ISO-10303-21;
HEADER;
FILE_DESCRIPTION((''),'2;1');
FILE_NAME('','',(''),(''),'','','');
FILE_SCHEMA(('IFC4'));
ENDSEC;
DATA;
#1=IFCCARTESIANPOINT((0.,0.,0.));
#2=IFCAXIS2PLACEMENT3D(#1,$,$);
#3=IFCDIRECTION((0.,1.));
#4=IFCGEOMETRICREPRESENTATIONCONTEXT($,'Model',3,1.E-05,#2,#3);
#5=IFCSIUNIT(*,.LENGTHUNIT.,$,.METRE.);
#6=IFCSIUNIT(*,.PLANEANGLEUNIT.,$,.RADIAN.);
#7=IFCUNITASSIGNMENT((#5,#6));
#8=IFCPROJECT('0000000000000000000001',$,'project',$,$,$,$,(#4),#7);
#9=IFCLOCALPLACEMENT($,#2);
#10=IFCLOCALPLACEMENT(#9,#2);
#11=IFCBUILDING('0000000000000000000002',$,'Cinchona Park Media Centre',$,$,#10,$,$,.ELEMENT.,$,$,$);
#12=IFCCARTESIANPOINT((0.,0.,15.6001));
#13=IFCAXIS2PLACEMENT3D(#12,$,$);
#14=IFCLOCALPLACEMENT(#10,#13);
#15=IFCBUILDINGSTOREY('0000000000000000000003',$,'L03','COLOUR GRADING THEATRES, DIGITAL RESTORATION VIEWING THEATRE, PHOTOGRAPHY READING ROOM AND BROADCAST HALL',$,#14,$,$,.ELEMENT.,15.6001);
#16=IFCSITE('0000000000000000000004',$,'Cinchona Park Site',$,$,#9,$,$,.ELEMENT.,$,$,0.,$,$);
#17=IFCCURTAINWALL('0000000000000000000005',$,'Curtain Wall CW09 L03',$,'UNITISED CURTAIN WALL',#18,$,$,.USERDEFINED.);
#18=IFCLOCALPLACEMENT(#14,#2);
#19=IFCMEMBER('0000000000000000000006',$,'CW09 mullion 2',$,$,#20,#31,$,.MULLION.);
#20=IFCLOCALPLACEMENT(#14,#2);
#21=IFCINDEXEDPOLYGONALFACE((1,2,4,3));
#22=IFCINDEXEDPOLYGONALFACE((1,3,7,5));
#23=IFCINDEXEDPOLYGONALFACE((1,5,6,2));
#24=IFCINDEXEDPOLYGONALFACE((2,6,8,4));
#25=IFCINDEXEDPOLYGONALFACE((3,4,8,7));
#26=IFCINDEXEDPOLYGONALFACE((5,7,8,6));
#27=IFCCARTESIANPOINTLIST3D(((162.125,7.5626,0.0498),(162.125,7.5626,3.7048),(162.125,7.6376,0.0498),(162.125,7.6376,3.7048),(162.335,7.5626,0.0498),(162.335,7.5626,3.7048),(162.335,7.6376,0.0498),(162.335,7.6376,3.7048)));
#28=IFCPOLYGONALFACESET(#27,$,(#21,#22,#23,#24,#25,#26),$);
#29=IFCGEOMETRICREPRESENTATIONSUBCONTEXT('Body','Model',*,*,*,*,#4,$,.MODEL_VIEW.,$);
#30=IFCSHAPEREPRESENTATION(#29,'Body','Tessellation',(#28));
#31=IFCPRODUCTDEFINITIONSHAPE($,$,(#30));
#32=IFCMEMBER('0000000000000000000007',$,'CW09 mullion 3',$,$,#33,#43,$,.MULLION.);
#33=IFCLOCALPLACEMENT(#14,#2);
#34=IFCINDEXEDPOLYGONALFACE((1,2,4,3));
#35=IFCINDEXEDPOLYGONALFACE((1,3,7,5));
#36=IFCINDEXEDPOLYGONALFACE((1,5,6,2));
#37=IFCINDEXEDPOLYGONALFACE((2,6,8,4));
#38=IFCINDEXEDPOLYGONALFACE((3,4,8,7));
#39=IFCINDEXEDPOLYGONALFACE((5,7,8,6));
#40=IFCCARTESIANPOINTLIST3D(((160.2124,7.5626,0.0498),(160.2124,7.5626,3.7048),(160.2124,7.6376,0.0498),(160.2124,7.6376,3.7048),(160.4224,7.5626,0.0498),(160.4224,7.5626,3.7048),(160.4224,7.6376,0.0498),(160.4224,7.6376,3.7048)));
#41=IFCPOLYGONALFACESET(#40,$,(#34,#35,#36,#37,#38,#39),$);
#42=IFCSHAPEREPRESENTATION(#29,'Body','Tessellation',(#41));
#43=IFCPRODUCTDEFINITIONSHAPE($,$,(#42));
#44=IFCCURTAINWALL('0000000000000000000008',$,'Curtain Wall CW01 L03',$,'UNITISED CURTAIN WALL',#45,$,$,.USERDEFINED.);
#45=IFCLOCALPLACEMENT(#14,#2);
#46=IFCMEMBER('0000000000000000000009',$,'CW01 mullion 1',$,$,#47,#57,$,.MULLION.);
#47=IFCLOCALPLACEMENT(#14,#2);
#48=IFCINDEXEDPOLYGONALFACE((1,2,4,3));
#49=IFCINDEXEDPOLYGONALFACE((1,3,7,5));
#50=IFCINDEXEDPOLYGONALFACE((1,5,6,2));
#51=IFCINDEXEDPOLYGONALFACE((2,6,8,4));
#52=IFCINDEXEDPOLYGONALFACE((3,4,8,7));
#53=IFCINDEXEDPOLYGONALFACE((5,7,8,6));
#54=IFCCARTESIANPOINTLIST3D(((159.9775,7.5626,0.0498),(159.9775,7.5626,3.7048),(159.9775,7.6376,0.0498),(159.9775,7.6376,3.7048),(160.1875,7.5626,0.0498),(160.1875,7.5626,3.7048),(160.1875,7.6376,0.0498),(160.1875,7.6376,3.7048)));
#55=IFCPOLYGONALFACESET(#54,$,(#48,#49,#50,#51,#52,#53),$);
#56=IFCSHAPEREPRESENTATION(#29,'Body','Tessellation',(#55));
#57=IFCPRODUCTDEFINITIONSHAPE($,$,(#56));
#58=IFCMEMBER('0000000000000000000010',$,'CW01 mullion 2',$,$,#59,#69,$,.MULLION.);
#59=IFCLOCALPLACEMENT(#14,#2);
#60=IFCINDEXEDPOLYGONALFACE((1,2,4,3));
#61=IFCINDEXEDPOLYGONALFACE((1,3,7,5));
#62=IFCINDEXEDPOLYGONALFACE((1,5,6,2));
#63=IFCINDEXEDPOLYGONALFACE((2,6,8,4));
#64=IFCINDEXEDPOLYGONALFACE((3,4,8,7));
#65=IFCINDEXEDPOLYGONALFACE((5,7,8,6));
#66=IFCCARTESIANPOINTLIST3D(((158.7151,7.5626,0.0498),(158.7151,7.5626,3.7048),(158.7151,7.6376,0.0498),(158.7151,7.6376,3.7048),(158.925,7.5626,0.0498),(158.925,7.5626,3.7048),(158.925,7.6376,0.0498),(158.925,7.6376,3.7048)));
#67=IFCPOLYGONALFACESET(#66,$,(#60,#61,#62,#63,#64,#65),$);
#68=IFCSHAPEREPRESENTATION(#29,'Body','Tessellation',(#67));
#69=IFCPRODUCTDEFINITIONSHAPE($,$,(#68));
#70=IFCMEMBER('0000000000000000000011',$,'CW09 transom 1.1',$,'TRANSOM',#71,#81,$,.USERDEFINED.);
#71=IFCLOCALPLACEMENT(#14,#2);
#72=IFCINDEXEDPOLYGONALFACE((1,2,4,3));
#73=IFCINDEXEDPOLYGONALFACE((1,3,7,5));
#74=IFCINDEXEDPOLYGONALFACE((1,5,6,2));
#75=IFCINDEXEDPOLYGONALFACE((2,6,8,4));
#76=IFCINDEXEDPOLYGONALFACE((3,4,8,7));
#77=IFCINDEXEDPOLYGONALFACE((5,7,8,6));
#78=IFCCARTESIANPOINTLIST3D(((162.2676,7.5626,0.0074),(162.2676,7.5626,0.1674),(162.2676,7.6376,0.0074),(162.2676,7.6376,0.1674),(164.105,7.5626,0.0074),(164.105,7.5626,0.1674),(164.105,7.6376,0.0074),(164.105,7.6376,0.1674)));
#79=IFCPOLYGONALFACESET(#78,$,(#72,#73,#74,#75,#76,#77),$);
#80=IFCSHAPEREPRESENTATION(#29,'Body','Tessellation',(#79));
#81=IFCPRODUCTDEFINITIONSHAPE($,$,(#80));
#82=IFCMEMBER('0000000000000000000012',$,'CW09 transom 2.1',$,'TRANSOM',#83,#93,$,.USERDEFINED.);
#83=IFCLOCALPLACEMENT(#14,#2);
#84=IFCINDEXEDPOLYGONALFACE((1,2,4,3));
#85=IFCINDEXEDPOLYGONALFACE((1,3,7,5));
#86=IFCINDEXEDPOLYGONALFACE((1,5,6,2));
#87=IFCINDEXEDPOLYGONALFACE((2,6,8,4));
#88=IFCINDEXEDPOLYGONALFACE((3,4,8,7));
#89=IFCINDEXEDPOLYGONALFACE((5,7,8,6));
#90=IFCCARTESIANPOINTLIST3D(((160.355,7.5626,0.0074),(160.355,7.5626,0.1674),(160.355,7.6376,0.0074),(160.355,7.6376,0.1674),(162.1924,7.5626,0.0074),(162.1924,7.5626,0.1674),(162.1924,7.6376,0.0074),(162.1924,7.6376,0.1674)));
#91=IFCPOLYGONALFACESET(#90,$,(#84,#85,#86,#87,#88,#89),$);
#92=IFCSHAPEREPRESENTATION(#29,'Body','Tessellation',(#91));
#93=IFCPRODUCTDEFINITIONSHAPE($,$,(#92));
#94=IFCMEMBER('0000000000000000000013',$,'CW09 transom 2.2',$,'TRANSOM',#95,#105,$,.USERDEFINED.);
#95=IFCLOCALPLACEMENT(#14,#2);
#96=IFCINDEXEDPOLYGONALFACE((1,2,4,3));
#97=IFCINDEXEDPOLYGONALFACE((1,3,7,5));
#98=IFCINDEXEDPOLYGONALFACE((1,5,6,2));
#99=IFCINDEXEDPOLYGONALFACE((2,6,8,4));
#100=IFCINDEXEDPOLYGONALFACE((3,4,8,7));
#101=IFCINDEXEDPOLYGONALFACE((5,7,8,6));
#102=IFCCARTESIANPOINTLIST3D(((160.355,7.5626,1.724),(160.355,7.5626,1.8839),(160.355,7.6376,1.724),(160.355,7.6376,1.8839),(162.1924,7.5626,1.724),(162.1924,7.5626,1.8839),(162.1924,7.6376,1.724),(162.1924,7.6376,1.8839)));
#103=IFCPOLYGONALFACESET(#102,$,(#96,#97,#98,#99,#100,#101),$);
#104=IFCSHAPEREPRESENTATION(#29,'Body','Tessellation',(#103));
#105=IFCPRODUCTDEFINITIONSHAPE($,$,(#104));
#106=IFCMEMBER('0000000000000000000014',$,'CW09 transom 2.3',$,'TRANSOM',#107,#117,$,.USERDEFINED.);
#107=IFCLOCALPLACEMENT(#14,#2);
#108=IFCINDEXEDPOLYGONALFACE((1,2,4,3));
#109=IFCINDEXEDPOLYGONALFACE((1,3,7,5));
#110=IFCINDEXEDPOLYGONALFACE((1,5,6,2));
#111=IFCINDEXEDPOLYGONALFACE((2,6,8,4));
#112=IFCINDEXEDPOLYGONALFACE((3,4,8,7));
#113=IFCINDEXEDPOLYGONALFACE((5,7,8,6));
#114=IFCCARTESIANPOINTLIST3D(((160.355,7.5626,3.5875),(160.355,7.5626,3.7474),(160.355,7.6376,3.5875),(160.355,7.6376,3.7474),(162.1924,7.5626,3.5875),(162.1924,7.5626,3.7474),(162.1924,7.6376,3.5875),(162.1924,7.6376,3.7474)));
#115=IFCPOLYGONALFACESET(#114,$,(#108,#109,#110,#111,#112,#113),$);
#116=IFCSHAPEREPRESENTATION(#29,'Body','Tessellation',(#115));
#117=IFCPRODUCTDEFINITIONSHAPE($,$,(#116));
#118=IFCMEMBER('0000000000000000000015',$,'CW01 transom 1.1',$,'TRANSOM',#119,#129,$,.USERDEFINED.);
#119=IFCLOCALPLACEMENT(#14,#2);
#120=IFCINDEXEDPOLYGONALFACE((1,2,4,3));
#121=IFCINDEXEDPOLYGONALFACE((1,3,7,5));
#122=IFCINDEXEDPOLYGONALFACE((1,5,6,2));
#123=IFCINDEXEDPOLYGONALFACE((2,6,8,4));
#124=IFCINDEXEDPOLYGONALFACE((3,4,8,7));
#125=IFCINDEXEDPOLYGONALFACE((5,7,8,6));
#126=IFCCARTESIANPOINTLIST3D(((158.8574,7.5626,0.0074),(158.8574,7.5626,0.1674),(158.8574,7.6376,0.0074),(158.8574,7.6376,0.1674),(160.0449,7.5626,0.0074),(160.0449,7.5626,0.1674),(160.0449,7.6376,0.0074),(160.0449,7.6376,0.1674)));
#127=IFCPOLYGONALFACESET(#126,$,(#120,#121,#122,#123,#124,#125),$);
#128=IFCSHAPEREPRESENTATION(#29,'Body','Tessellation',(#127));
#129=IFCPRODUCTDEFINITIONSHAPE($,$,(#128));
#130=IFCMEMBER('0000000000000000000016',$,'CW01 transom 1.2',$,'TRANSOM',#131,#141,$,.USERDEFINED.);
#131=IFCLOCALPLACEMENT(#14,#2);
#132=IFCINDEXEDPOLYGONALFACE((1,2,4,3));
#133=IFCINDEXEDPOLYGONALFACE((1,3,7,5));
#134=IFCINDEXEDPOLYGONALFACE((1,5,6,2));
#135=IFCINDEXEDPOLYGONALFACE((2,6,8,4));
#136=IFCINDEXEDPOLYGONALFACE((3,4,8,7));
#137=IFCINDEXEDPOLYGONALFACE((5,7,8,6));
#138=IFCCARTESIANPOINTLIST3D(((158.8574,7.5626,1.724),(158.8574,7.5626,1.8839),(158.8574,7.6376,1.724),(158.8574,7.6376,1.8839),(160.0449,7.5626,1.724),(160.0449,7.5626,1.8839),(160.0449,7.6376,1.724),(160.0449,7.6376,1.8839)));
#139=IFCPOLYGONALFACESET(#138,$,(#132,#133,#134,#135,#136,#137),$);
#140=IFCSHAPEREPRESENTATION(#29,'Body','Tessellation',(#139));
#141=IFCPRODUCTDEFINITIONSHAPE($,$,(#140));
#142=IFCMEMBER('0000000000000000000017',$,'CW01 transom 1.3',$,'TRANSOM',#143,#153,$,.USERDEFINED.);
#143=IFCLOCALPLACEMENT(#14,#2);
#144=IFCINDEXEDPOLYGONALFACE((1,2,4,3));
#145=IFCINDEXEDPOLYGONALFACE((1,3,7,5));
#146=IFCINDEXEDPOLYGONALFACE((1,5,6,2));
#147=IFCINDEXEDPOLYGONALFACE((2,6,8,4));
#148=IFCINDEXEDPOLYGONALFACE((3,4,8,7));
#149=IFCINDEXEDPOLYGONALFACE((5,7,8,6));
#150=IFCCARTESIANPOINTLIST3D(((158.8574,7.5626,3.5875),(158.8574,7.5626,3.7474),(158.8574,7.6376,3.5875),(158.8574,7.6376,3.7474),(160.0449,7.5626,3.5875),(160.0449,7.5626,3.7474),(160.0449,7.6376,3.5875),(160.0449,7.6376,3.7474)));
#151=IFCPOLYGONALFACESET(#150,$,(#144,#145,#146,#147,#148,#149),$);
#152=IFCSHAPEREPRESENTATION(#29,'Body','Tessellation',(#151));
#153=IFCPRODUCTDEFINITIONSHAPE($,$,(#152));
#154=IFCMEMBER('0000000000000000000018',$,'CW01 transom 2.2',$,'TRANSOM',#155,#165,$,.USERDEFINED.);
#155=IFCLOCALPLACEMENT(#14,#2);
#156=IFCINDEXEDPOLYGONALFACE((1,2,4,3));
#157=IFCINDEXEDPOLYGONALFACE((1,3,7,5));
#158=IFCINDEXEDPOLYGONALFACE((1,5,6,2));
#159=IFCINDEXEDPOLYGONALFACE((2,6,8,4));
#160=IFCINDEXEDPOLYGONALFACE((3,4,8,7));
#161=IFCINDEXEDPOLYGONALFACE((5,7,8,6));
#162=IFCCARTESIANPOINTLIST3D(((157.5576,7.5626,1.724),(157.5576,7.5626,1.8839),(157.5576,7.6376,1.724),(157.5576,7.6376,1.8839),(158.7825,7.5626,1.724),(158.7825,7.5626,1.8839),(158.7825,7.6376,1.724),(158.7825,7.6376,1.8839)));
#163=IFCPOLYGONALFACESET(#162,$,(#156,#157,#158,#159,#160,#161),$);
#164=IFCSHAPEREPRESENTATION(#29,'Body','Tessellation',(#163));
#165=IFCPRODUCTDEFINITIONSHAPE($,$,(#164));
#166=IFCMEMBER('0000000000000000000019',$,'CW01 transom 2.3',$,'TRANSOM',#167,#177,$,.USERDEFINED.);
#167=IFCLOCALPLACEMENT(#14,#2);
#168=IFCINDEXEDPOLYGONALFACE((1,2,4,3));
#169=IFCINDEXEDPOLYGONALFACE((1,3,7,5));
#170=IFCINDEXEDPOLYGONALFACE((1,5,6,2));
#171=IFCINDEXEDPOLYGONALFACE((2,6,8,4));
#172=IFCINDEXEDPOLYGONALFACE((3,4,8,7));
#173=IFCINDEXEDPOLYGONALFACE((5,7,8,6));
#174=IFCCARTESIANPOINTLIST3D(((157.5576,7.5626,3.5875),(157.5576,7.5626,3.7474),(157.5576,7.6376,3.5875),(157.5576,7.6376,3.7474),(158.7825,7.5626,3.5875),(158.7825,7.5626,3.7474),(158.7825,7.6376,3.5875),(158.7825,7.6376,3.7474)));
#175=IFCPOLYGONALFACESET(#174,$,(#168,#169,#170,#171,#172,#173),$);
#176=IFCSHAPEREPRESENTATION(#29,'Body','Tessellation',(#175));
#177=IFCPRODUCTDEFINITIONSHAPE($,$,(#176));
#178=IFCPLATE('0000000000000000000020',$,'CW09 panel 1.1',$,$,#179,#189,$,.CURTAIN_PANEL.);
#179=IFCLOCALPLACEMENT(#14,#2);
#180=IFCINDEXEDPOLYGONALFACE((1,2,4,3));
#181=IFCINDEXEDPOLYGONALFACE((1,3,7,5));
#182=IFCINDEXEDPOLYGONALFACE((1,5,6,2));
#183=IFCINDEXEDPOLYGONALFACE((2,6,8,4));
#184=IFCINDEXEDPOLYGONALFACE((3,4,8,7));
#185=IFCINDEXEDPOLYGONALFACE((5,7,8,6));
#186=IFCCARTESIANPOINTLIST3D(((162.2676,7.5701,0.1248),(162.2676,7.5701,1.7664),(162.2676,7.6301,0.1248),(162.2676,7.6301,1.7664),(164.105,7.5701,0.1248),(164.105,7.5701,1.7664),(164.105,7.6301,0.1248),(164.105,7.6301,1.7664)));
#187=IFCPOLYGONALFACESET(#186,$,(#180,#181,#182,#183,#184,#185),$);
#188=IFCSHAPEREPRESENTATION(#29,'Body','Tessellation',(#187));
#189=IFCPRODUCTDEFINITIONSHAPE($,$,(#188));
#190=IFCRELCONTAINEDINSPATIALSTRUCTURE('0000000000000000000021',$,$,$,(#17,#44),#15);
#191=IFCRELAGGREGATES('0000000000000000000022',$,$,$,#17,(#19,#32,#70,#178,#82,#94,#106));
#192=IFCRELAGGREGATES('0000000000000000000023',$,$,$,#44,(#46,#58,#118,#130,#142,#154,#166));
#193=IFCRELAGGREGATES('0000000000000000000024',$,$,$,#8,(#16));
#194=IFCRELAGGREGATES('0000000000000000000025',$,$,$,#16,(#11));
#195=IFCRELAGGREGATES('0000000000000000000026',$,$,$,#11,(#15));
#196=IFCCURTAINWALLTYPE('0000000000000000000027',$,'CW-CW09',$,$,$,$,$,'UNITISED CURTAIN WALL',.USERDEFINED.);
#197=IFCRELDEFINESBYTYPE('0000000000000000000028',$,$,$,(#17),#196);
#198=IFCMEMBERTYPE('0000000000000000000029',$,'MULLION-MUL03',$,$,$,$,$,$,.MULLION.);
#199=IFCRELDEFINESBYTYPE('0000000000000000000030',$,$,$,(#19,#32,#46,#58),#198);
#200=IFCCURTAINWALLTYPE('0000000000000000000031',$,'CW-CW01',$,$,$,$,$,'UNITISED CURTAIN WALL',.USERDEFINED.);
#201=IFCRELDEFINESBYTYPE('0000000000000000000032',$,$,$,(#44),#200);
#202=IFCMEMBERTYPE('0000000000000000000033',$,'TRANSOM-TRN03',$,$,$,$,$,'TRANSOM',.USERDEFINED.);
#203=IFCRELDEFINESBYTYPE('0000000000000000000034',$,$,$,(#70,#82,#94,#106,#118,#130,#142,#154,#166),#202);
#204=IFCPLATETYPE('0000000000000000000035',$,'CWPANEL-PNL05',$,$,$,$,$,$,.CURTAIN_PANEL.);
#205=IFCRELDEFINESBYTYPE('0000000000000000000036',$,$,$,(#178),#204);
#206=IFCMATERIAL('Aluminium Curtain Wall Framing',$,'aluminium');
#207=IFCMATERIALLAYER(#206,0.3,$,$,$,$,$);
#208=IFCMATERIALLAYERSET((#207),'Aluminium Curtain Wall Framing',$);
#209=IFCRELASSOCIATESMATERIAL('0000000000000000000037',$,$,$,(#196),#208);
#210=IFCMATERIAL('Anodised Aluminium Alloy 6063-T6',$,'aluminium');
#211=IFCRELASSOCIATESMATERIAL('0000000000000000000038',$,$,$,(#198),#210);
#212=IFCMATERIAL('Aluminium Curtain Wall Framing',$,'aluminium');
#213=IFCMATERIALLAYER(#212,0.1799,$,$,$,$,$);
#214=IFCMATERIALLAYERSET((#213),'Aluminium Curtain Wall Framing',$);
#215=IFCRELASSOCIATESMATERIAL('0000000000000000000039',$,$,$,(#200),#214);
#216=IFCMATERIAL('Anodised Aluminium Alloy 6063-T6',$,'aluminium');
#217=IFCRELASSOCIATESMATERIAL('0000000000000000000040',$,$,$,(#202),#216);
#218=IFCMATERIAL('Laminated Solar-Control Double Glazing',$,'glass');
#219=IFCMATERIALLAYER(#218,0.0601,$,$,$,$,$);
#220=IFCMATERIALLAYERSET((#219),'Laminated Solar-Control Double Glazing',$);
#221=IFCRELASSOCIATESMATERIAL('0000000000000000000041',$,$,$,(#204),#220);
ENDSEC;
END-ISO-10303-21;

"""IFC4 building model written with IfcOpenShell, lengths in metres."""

from ifc_helpers import new_model, si_unit, direction, frame, origin, origin_2d, place, context, subcontext, project, spatial, rectangle, extrude, material, layer, layer_set, material_profile, profile_set, type_object, element, aggregate, save


model = new_model("IFC4")

# Units and contexts
model_context = context("Model", 3, precision=1e-05, world=origin(), true_north=direction((0.0, 1.0)))
body_context = subcontext(model_context, "Body", "Model", "MODEL_VIEW")
ifc_project = project(units=[si_unit("LENGTHUNIT", "METRE"), si_unit("PLANEANGLEUNIT", "RADIAN")], contexts=[model_context])

# Site, building, storey
site_placement = place(None, origin())
site = spatial("IfcSite", under=ifc_project, at=site_placement, Name="Cinchona Park Site", CompositionType="ELEMENT", RefElevation=0.0)
building_placement = place(site_placement, origin())
building = spatial("IfcBuilding", under=site, at=building_placement, Name="Cinchona Park Media Centre", CompositionType="ELEMENT")
storey_placement = place(building_placement, frame((0.0, 0.0, 15.6001)))
storey = spatial("IfcBuildingStorey", under=building, at=storey_placement, Name="L03", Description="COLOUR GRADING THEATRES, DIGITAL RESTORATION VIEWING THEATRE, PHOTOGRAPHY READING ROOM AND BROADCAST HALL", CompositionType="ELEMENT", Elevation=15.6001)

# Curtain walls, members
ifc_material_1 = material(Name="Aluminium Curtain Wall Framing", Category="aluminium")
ifc_layer_1 = layer(ifc_material_1, 0.3)
ifc_layer_set_1 = layer_set([ifc_layer_1], Name="Aluminium Curtain Wall Framing")
curtain_wall_type_1 = type_object("IfcCurtainWallType", Name="CW-CW09", ElementType="UNITISED CURTAIN WALL", PredefinedType="USERDEFINED", material=ifc_layer_set_1)
curtain_wall_1_placement = place(storey_placement, origin())
curtain_wall_1 = element("IfcCurtainWall", 1, at=curtain_wall_1_placement, inside=storey, type_object=curtain_wall_type_1, Name="Curtain Wall CW09 L03", ObjectType="UNITISED CURTAIN WALL", PredefinedType="USERDEFINED")
ifc_material_2 = material(Name="Anodised Aluminium Alloy 6063-T6", Category="aluminium")
ifc_material_profile_1 = material_profile(ifc_material_2, rectangle(XDim=0.075, YDim=0.21, at=origin_2d()), Name="MUL-75X210")
ifc_profile_set_1 = profile_set([ifc_material_profile_1], Name="Anodised Aluminium Alloy 6063-T6")
member_type_1 = type_object("IfcMemberType", Name="MULLION-MUL03", PredefinedType="MULLION", material=ifc_profile_set_1)
member_1_placement = place(storey_placement, frame((162.23, 7.6001, 0.0498), z_axis=(0.0, 0.0, 1.0), x_axis=(0.0, -1.0, 0.0)))
member_1 = element("IfcMember", 2, at=member_1_placement, type_object=member_type_1, Name="CW09 mullion 2", PredefinedType="MULLION", context=body_context, shape_type="SweptSolid", body=[
    extrude(rectangle(XDim=0.075, YDim=0.21, at=origin_2d()), origin(), (0.0, 0.0, 1.0), 3.655),
])
member_2_placement = place(storey_placement, frame((160.3174, 7.6001, 0.0498), z_axis=(0.0, 0.0, 1.0), x_axis=(0.0, -1.0, 0.0)))
member_2 = element("IfcMember", 3, at=member_2_placement, type_object=member_type_1, Name="CW09 mullion 3", PredefinedType="MULLION", context=body_context, shape_type="SweptSolid", body=[
    extrude(rectangle(XDim=0.075, YDim=0.21, at=origin_2d()), origin(), (0.0, 0.0, 1.0), 3.655),
])
ifc_material_3 = material(Name="Aluminium Curtain Wall Framing", Category="aluminium")
ifc_layer_2 = layer(ifc_material_3, 0.1799)
ifc_layer_set_2 = layer_set([ifc_layer_2], Name="Aluminium Curtain Wall Framing")
curtain_wall_type_2 = type_object("IfcCurtainWallType", Name="CW-CW01", ElementType="UNITISED CURTAIN WALL", PredefinedType="USERDEFINED", material=ifc_layer_set_2)
curtain_wall_2_placement = place(storey_placement, origin())
curtain_wall_2 = element("IfcCurtainWall", 4, at=curtain_wall_2_placement, inside=storey, type_object=curtain_wall_type_2, Name="Curtain Wall CW01 L03", ObjectType="UNITISED CURTAIN WALL", PredefinedType="USERDEFINED")
member_3_placement = place(storey_placement, frame((160.0825, 7.6001, 0.0498), z_axis=(0.0, 0.0, 1.0), x_axis=(0.0, -1.0, 0.0)))
member_3 = element("IfcMember", 5, at=member_3_placement, type_object=member_type_1, Name="CW01 mullion 1", PredefinedType="MULLION", context=body_context, shape_type="SweptSolid", body=[
    extrude(rectangle(XDim=0.075, YDim=0.21, at=origin_2d()), origin(), (0.0, 0.0, 1.0), 3.655),
])
member_4_placement = place(storey_placement, frame((158.8201, 7.6001, 0.0498), z_axis=(0.0, 0.0, 1.0), x_axis=(0.0, -1.0, 0.0)))
member_4 = element("IfcMember", 6, at=member_4_placement, type_object=member_type_1, Name="CW01 mullion 2", PredefinedType="MULLION", context=body_context, shape_type="SweptSolid", body=[
    extrude(rectangle(XDim=0.075, YDim=0.21, at=origin_2d()), origin(), (0.0, 0.0, 1.0), 3.655),
])

# Members
ifc_material_4 = material(Name="Anodised Aluminium Alloy 6063-T6", Category="aluminium")
ifc_material_profile_2 = material_profile(ifc_material_4, rectangle(XDim=0.075, YDim=0.1599, at=origin_2d()), Name="TRN-75X160")
ifc_profile_set_2 = profile_set([ifc_material_profile_2], Name="Anodised Aluminium Alloy 6063-T6")
member_type_2 = type_object("IfcMemberType", Name="TRANSOM-TRN03", ElementType="TRANSOM", PredefinedType="USERDEFINED", material=ifc_profile_set_2)
member_5_placement = place(storey_placement, frame((164.105, 7.6001, 0.0874), z_axis=(-1.0, 0.0, 0.0), x_axis=(0.0, -1.0, 0.0)))
member_5 = element("IfcMember", 7, at=member_5_placement, type_object=member_type_2, Name="CW09 transom 1.1", ObjectType="TRANSOM", PredefinedType="USERDEFINED", context=body_context, shape_type="SweptSolid", body=[
    extrude(rectangle(XDim=0.075, YDim=0.1599, at=origin_2d()), origin(), (0.0, 0.0, 1.0), 1.8374),
])
member_6_placement = place(storey_placement, frame((162.1924, 7.6001, 0.0874), z_axis=(-1.0, 0.0, 0.0), x_axis=(0.0, -1.0, 0.0)))
member_6 = element("IfcMember", 8, at=member_6_placement, type_object=member_type_2, Name="CW09 transom 2.1", ObjectType="TRANSOM", PredefinedType="USERDEFINED", context=body_context, shape_type="SweptSolid", body=[
    extrude(rectangle(XDim=0.075, YDim=0.1599, at=origin_2d()), origin(), (0.0, 0.0, 1.0), 1.8374),
])
member_7_placement = place(storey_placement, frame((162.1924, 7.6001, 1.804), z_axis=(-1.0, 0.0, 0.0), x_axis=(0.0, -1.0, 0.0)))
member_7 = element("IfcMember", 9, at=member_7_placement, type_object=member_type_2, Name="CW09 transom 2.2", ObjectType="TRANSOM", PredefinedType="USERDEFINED", context=body_context, shape_type="SweptSolid", body=[
    extrude(rectangle(XDim=0.075, YDim=0.1599, at=origin_2d()), origin(), (0.0, 0.0, 1.0), 1.8374),
])
member_8_placement = place(storey_placement, frame((162.1924, 7.6001, 3.6675), z_axis=(-1.0, 0.0, 0.0), x_axis=(0.0, -1.0, 0.0)))
member_8 = element("IfcMember", 10, at=member_8_placement, type_object=member_type_2, Name="CW09 transom 2.3", ObjectType="TRANSOM", PredefinedType="USERDEFINED", context=body_context, shape_type="SweptSolid", body=[
    extrude(rectangle(XDim=0.075, YDim=0.1599, at=origin_2d()), origin(), (0.0, 0.0, 1.0), 1.8374),
])
member_9_placement = place(storey_placement, frame((160.0449, 7.6001, 0.0874), z_axis=(-1.0, 0.0, 0.0), x_axis=(0.0, -1.0, 0.0)))
member_9 = element("IfcMember", 11, at=member_9_placement, type_object=member_type_2, Name="CW01 transom 1.1", ObjectType="TRANSOM", PredefinedType="USERDEFINED", context=body_context, shape_type="SweptSolid", body=[
    extrude(rectangle(XDim=0.075, YDim=0.1599, at=origin_2d()), origin(), (0.0, 0.0, 1.0), 1.1875),
])
member_10_placement = place(storey_placement, frame((160.0449, 7.6001, 1.804), z_axis=(-1.0, 0.0, 0.0), x_axis=(0.0, -1.0, 0.0)))
member_10 = element("IfcMember", 12, at=member_10_placement, type_object=member_type_2, Name="CW01 transom 1.2", ObjectType="TRANSOM", PredefinedType="USERDEFINED", context=body_context, shape_type="SweptSolid", body=[
    extrude(rectangle(XDim=0.075, YDim=0.1599, at=origin_2d()), origin(), (0.0, 0.0, 1.0), 1.1875),
])
member_11_placement = place(storey_placement, frame((160.0449, 7.6001, 3.6675), z_axis=(-1.0, 0.0, 0.0), x_axis=(0.0, -1.0, 0.0)))
member_11 = element("IfcMember", 13, at=member_11_placement, type_object=member_type_2, Name="CW01 transom 1.3", ObjectType="TRANSOM", PredefinedType="USERDEFINED", context=body_context, shape_type="SweptSolid", body=[
    extrude(rectangle(XDim=0.075, YDim=0.1599, at=origin_2d()), origin(), (0.0, 0.0, 1.0), 1.1875),
])
member_12_placement = place(storey_placement, frame((158.7825, 7.6001, 1.804), z_axis=(-1.0, 0.0, 0.0), x_axis=(0.0, -1.0, 0.0)))
member_12 = element("IfcMember", 14, at=member_12_placement, type_object=member_type_2, Name="CW01 transom 2.2", ObjectType="TRANSOM", PredefinedType="USERDEFINED", context=body_context, shape_type="SweptSolid", body=[
    extrude(rectangle(XDim=0.075, YDim=0.1599, at=origin_2d()), origin(), (0.0, 0.0, 1.0), 1.2249),
])
member_13_placement = place(storey_placement, frame((158.7825, 7.6001, 3.6675), z_axis=(-1.0, 0.0, 0.0), x_axis=(0.0, -1.0, 0.0)))
member_13 = element("IfcMember", 15, at=member_13_placement, type_object=member_type_2, Name="CW01 transom 2.3", ObjectType="TRANSOM", PredefinedType="USERDEFINED", context=body_context, shape_type="SweptSolid", body=[
    extrude(rectangle(XDim=0.075, YDim=0.1599, at=origin_2d()), origin(), (0.0, 0.0, 1.0), 1.2249),
])

# Plate
ifc_material_5 = material(Name="Laminated Solar-Control Double Glazing", Category="glass")
ifc_layer_3 = layer(ifc_material_5, 0.0601)
ifc_layer_set_3 = layer_set([ifc_layer_3], Name="Laminated Solar-Control Double Glazing")
plate_type_1 = type_object("IfcPlateType", Name="CWPANEL-PNL05", PredefinedType="CURTAIN_PANEL", material=ifc_layer_set_3)
plate_1_placement = place(storey_placement, frame((163.1863, 7.6001, 0.1248), z_axis=(0.0, 0.0, 1.0), x_axis=(-1.0, 0.0, 0.0)))
plate_1 = element("IfcPlate", 16, at=plate_1_placement, type_object=plate_type_1, Name="CW09 panel 1.1", PredefinedType="CURTAIN_PANEL", context=body_context, shape_type="SweptSolid", body=[
    extrude(rectangle(XDim=1.8374, YDim=0.0601, at=origin_2d()), origin(), (0.0, 0.0, 1.0), 1.6416),
])
aggregate(curtain_wall_1, [member_1, member_2, member_5, plate_1, member_6, member_7, member_8])
aggregate(curtain_wall_2, [member_3, member_4, member_9, member_10, member_11, member_12, member_13])

save(model, "model.ifc")
